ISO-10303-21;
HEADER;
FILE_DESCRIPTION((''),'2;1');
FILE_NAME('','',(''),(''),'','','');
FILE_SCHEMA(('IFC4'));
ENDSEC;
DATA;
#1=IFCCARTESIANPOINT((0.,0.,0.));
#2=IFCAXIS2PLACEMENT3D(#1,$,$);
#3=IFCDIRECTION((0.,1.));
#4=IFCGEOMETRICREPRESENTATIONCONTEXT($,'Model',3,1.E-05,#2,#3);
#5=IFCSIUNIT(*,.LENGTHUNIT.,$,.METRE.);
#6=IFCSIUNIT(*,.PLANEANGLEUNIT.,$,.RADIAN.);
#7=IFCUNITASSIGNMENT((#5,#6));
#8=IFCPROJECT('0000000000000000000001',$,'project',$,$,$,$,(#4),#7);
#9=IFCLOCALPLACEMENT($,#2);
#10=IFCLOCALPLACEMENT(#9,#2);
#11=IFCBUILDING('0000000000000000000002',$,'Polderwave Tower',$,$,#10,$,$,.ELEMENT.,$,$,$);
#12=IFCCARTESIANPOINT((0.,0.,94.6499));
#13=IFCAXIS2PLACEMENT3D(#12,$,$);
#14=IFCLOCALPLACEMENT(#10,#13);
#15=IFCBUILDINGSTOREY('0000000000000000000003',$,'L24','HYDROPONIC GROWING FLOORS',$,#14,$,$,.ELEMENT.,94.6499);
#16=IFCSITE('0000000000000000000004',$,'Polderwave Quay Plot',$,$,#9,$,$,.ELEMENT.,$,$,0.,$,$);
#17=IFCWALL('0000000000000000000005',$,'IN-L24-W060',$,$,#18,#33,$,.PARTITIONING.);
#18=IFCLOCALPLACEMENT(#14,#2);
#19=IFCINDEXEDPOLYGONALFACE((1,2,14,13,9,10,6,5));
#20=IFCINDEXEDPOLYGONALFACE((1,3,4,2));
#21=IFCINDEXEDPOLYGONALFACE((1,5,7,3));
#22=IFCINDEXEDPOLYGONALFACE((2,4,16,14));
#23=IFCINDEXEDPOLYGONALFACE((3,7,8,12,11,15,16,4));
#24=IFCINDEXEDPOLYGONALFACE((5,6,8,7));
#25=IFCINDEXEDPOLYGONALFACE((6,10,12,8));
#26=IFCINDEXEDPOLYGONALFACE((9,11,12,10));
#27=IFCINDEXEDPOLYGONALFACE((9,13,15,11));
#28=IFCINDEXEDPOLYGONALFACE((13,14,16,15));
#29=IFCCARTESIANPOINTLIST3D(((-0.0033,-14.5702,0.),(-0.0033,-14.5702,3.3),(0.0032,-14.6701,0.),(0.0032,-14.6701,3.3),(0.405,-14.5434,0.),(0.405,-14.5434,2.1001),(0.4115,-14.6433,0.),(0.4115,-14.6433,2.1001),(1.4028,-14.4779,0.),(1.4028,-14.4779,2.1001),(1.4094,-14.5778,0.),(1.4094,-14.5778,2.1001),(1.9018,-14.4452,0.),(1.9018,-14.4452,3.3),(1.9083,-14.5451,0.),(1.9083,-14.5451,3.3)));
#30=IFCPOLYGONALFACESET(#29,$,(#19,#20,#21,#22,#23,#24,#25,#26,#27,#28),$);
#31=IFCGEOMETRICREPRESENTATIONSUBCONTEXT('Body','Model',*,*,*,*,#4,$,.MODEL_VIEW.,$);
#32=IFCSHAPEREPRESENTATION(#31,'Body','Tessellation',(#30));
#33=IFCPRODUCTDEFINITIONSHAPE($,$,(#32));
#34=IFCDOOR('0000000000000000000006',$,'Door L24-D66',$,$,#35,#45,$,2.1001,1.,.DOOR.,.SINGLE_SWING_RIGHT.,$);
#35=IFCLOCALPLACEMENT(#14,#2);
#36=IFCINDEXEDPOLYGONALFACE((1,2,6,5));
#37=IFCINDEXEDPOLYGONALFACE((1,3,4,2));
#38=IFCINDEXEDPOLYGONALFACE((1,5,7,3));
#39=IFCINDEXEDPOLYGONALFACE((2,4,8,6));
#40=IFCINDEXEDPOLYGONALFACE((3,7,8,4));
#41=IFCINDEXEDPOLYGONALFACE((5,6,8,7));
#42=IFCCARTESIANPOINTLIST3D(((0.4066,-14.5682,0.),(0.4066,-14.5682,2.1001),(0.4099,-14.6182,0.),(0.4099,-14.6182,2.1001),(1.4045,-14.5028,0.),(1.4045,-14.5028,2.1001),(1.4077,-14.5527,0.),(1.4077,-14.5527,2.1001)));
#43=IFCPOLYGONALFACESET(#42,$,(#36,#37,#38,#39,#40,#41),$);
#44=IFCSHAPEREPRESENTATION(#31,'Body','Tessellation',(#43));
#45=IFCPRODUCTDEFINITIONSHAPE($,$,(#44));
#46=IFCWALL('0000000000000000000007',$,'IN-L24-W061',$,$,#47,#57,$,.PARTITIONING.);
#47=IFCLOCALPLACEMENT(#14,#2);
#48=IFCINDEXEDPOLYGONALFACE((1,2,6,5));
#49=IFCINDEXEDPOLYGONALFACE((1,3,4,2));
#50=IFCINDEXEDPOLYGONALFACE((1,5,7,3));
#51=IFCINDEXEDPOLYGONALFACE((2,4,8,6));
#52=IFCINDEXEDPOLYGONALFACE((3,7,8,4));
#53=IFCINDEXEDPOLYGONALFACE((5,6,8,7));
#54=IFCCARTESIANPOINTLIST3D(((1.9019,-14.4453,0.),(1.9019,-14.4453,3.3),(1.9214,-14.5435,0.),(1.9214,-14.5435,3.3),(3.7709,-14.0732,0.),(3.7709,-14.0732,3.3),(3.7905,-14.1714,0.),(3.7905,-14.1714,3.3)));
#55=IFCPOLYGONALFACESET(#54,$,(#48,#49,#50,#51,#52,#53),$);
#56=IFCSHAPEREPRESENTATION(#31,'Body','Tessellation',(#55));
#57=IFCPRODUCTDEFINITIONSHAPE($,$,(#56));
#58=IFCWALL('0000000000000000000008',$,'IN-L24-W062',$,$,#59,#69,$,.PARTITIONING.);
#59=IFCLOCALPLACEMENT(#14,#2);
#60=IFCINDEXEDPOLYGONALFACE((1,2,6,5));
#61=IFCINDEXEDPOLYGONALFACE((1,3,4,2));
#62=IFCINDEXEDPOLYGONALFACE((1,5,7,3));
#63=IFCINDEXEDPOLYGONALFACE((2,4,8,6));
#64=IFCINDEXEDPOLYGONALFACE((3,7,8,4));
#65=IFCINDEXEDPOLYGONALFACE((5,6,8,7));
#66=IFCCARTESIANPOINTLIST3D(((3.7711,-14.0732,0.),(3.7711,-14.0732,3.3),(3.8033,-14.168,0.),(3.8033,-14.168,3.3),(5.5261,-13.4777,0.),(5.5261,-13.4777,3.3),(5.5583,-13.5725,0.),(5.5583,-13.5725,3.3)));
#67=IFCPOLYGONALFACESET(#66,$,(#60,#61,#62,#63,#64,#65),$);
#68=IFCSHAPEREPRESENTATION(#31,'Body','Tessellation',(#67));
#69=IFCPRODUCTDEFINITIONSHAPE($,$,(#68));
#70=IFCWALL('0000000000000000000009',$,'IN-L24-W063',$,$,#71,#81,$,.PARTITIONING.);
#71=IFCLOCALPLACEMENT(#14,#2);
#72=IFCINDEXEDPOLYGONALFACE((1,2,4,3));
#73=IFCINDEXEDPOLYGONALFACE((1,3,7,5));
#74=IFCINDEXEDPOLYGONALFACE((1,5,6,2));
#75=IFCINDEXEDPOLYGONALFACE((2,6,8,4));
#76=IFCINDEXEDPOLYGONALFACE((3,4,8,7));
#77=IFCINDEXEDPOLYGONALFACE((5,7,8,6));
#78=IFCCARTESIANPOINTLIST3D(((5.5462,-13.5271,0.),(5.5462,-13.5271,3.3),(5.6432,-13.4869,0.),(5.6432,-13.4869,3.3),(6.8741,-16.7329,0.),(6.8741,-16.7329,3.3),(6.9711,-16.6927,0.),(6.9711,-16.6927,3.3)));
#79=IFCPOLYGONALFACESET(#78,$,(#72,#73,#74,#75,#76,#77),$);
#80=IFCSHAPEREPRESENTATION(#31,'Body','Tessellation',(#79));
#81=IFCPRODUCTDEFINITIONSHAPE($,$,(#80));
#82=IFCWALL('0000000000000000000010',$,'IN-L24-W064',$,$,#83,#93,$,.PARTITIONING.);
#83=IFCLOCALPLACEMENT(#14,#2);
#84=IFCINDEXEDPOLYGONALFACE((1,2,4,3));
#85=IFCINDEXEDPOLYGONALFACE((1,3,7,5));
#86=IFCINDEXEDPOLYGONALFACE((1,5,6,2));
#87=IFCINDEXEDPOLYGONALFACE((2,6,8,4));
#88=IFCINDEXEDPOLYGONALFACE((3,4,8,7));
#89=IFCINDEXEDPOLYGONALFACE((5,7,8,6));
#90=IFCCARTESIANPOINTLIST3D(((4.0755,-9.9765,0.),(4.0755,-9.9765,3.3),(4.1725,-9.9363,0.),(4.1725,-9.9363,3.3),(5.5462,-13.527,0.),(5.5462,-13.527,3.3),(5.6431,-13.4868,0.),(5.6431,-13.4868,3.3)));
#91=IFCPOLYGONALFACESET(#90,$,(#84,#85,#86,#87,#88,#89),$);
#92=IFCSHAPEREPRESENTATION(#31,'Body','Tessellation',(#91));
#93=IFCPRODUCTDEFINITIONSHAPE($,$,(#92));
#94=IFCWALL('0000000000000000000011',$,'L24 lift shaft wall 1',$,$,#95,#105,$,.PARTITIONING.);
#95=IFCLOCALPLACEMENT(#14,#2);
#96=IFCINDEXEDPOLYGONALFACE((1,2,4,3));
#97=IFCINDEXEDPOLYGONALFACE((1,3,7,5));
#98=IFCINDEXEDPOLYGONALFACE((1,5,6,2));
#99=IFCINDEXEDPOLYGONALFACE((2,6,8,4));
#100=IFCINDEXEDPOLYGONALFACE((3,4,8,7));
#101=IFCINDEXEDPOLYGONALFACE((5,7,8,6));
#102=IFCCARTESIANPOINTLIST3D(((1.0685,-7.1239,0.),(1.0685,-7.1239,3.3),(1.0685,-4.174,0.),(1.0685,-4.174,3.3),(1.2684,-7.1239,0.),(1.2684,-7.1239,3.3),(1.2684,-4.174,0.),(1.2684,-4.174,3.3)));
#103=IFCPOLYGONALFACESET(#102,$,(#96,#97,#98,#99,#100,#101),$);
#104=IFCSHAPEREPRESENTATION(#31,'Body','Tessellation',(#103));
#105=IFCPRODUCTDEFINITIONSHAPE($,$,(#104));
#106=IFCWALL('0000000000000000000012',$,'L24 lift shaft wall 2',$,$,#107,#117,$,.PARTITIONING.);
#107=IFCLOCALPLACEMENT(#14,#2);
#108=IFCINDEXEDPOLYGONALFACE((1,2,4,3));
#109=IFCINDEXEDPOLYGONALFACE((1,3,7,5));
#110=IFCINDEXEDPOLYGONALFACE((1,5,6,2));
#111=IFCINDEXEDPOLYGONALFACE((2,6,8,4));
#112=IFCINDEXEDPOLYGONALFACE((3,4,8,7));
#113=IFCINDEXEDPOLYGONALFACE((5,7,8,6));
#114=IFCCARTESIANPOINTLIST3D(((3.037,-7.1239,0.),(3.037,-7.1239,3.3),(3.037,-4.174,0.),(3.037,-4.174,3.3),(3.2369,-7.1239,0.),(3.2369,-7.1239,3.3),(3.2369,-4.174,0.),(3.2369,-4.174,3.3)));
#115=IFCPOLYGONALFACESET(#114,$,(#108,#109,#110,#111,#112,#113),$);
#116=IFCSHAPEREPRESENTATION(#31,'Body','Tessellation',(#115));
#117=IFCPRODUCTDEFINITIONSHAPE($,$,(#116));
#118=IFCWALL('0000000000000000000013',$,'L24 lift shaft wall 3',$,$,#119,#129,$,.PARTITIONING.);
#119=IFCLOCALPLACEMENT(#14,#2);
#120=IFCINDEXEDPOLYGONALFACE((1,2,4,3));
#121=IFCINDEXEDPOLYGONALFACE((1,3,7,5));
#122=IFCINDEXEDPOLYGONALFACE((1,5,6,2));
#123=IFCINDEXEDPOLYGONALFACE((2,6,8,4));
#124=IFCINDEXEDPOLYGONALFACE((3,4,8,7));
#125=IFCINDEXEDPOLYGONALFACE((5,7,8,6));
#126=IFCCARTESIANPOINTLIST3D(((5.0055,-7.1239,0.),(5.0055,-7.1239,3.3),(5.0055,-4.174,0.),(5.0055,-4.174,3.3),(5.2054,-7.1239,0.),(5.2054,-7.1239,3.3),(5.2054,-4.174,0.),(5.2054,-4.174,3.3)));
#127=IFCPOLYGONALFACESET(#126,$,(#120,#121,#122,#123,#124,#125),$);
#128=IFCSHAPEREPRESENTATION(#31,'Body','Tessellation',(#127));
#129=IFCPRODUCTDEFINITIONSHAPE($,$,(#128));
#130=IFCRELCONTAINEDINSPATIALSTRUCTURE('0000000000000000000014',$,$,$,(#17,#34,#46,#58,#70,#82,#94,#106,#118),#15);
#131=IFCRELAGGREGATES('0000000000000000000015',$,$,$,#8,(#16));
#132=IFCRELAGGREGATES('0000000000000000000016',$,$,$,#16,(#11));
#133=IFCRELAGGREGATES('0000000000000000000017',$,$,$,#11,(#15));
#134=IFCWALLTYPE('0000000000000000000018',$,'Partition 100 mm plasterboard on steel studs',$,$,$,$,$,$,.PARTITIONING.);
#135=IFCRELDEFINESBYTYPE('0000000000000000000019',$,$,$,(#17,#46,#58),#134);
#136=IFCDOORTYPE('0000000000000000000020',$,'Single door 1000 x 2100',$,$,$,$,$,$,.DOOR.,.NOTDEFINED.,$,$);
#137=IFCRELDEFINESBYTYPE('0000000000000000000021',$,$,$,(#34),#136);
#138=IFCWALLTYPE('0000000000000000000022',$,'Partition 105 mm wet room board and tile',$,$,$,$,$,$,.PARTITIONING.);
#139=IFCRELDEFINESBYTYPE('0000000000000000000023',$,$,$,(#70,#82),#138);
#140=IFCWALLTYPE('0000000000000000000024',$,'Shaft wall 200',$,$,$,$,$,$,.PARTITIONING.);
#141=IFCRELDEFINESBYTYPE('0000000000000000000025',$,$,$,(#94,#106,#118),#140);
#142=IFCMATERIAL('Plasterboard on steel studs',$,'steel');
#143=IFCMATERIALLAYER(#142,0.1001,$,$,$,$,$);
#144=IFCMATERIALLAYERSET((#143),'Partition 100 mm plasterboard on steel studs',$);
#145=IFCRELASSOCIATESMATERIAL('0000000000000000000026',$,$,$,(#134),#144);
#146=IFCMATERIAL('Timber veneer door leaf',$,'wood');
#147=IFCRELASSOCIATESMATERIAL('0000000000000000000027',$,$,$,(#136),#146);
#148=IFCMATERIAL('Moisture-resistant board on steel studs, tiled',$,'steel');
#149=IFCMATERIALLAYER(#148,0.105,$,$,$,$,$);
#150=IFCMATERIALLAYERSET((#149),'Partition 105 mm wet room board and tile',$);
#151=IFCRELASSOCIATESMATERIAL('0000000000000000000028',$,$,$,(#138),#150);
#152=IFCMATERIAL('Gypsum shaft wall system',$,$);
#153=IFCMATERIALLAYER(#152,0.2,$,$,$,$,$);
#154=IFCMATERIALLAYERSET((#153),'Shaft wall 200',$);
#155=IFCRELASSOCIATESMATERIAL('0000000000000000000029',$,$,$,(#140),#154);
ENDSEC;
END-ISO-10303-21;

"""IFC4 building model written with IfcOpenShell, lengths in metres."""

from ifc_helpers import new_model, si_unit, direction, frame, frame_2d, origin, place, context, subcontext, project, spatial, rectangle, extrude, material, layer, layer_set, type_object, element, fill, save


model = new_model("IFC4")

# Units and contexts
model_context = context("Model", 3, precision=1e-05, world=origin(), true_north=direction((0.0, 1.0)))
body_context = subcontext(model_context, "Body", "Model", "MODEL_VIEW")
ifc_project = project(units=[si_unit("LENGTHUNIT", "METRE"), si_unit("PLANEANGLEUNIT", "RADIAN")], contexts=[model_context])

# Site, building, storey
site_placement = place(None, origin())
site = spatial("IfcSite", under=ifc_project, at=site_placement, Name="Polderwave Quay Plot", CompositionType="ELEMENT", RefElevation=0.0)
building_placement = place(site_placement, origin())
building = spatial("IfcBuilding", under=site, at=building_placement, Name="Polderwave Tower", CompositionType="ELEMENT")
storey_placement = place(building_placement, frame((0.0, 0.0, 94.6499)))
storey = spatial("IfcBuildingStorey", under=building, at=storey_placement, Name="L24", Description="HYDROPONIC GROWING FLOORS", CompositionType="ELEMENT", Elevation=94.6499)

# Wall, opening, door
ifc_material_1 = material(Name="Plasterboard on steel studs", Category="steel")
ifc_layer_1 = layer(ifc_material_1, 0.1001)
ifc_layer_set_1 = layer_set([ifc_layer_1], Name="Partition 100 mm plasterboard on steel studs")
wall_type_1 = type_object("IfcWallType", Name="Partition 100 mm plasterboard on steel studs", PredefinedType="PARTITIONING", material=ifc_layer_set_1)
wall_1_placement = place(storey_placement, frame((1.905, -14.4951, 0.0), z_axis=(0.0, 0.0, 1.0), x_axis=(-0.997854, -0.065475, 0.0)))
wall_1 = element("IfcWall", 1, at=wall_1_placement, inside=storey, type_object=wall_type_1, Name="IN-L24-W060", PredefinedType="PARTITIONING", context=body_context, shape_type="SweptSolid", body=[
    extrude(rectangle(XDim=1.9092, YDim=0.1001, at=frame_2d((0.9546, 0.0))), origin(), (0.0, 0.0, 1.0), 3.3),
])
opening_1_placement = place(wall_1_placement, frame((0.5, 0.0, 0.0)))
opening_1 = element("IfcOpeningElement", 2, at=opening_1_placement, cuts=wall_1, PredefinedType="OPENING", context=body_context, shape_type="SweptSolid", body=[
    extrude(rectangle(XDim=1.0, YDim=2.1001, at=frame_2d((0.5, 1.05))), frame((0.0, 0.0601, 0.0), z_axis=(0.0, -1.0, 0.0), x_axis=(1.0, 0.0, 0.0)), (0.0, 0.0, 1.0), 0.1201),
])
ifc_material_2 = material(Name="Timber veneer door leaf", Category="wood")
door_type_1 = type_object("IfcDoorType", Name="Single door 1000 x 2100", OperationType="NOTDEFINED", PredefinedType="DOOR", material=ifc_material_2)
door_1_placement = place(opening_1_placement, origin())
door_1 = element("IfcDoor", 3, at=door_1_placement, inside=storey, type_object=door_type_1, Name="Door L24-D66", OperationType="SINGLE_SWING_RIGHT", OverallHeight=2.1001, OverallWidth=1.0, PredefinedType="DOOR", context=body_context, shape_type="SweptSolid", body=[
    extrude(rectangle(XDim=1.0, YDim=2.1001, at=frame_2d((0.5, 1.05))), frame((0.0, 0.0249, 0.0), z_axis=(0.0, -1.0, 0.0), x_axis=(1.0, 0.0, 0.0)), (0.0, 0.0, 1.0), 0.05),
])
fill(opening_1, door_1)

# Walls
wall_2_placement = place(storey_placement, frame((1.9116, -14.4944, 0.0), z_axis=(0.0, 0.0, 1.0), x_axis=(0.980758, 0.195229, 0.0)))
element("IfcWall", 4, at=wall_2_placement, inside=storey, type_object=wall_type_1, Name="IN-L24-W061", PredefinedType="PARTITIONING", context=body_context, shape_type="SweptSolid", body=[
    extrude(rectangle(XDim=1.9058, YDim=0.1001, at=frame_2d((0.9529, 0.0))), origin(), (0.0, 0.0, 1.0), 3.3),
])
wall_3_placement = place(storey_placement, frame((3.7871, -14.1206, 0.0), z_axis=(0.0, 0.0, 1.0), x_axis=(0.94697, 0.321322, 0.0)))
element("IfcWall", 5, at=wall_3_placement, inside=storey, type_object=wall_type_1, Name="IN-L24-W062", PredefinedType="PARTITIONING", context=body_context, shape_type="SweptSolid", body=[
    extrude(rectangle(XDim=1.8533, YDim=0.1001, at=frame_2d((0.9268, 0.0))), origin(), (0.0, 0.0, 1.0), 3.3),
])
ifc_material_3 = material(Name="Moisture-resistant board on steel studs, tiled", Category="steel")
ifc_layer_2 = layer(ifc_material_3, 0.105)
ifc_layer_set_2 = layer_set([ifc_layer_2], Name="Partition 105 mm wet room board and tile")
wall_type_2 = type_object("IfcWallType", Name="Partition 105 mm wet room board and tile", PredefinedType="PARTITIONING", material=ifc_layer_set_2)
wall_4_placement = place(storey_placement, frame((5.5947, -13.5071, 0.0), z_axis=(0.0, 0.0, 1.0), x_axis=(0.382681, -0.92388, 0.0)))
element("IfcWall", 6, at=wall_4_placement, inside=storey, type_object=wall_type_2, Name="IN-L24-W063", PredefinedType="PARTITIONING", context=body_context, shape_type="SweptSolid", body=[
    extrude(rectangle(XDim=3.47, YDim=0.105, at=frame_2d((1.7349, 0.0))), origin(), (0.0, 0.0, 1.0), 3.3),
])
wall_5_placement = place(storey_placement, frame((4.124, -9.9565, 0.0), z_axis=(0.0, 0.0, 1.0), x_axis=(0.382688, -0.923877, 0.0)))
element("IfcWall", 7, at=wall_5_placement, inside=storey, type_object=wall_type_2, Name="IN-L24-W064", PredefinedType="PARTITIONING", context=body_context, shape_type="SweptSolid", body=[
    extrude(rectangle(XDim=3.843, YDim=0.105, at=frame_2d((1.9214, 0.0))), origin(), (0.0, 0.0, 1.0), 3.3),
])
ifc_material_4 = material(Name="Gypsum shaft wall system")
ifc_layer_3 = layer(ifc_material_4, 0.2)
ifc_layer_set_3 = layer_set([ifc_layer_3], Name="Shaft wall 200")
wall_type_3 = type_object("IfcWallType", Name="Shaft wall 200", PredefinedType="PARTITIONING", material=ifc_layer_set_3)
for number, where, z_axis, x_axis, name in (
    (8, (1.1685, -7.124, 0.0), (0.0, 0.0, 1.0), (0.0, 1.0, 0.0), "L24 lift shaft wall 1"),
    (9, (3.137, -7.124, 0.0), (0.0, 0.0, 1.0), (0.0, 1.0, 0.0), "L24 lift shaft wall 2"),
    (10, (5.1055, -7.124, 0.0), (0.0, 0.0, 1.0), (0.0, 1.0, 0.0), "L24 lift shaft wall 3"),
):
    element("IfcWall", number, at=place(storey_placement, frame(where, z_axis=z_axis, x_axis=x_axis)), inside=storey, type_object=wall_type_3, Name=name, PredefinedType="PARTITIONING", context=body_context, shape_type="SweptSolid", body=[
        extrude(rectangle(XDim=2.95, YDim=0.2, at=frame_2d((1.4751, 0.0))), origin(), (0.0, 0.0, 1.0), 3.3),
    ])

save(model, "model.ifc")
